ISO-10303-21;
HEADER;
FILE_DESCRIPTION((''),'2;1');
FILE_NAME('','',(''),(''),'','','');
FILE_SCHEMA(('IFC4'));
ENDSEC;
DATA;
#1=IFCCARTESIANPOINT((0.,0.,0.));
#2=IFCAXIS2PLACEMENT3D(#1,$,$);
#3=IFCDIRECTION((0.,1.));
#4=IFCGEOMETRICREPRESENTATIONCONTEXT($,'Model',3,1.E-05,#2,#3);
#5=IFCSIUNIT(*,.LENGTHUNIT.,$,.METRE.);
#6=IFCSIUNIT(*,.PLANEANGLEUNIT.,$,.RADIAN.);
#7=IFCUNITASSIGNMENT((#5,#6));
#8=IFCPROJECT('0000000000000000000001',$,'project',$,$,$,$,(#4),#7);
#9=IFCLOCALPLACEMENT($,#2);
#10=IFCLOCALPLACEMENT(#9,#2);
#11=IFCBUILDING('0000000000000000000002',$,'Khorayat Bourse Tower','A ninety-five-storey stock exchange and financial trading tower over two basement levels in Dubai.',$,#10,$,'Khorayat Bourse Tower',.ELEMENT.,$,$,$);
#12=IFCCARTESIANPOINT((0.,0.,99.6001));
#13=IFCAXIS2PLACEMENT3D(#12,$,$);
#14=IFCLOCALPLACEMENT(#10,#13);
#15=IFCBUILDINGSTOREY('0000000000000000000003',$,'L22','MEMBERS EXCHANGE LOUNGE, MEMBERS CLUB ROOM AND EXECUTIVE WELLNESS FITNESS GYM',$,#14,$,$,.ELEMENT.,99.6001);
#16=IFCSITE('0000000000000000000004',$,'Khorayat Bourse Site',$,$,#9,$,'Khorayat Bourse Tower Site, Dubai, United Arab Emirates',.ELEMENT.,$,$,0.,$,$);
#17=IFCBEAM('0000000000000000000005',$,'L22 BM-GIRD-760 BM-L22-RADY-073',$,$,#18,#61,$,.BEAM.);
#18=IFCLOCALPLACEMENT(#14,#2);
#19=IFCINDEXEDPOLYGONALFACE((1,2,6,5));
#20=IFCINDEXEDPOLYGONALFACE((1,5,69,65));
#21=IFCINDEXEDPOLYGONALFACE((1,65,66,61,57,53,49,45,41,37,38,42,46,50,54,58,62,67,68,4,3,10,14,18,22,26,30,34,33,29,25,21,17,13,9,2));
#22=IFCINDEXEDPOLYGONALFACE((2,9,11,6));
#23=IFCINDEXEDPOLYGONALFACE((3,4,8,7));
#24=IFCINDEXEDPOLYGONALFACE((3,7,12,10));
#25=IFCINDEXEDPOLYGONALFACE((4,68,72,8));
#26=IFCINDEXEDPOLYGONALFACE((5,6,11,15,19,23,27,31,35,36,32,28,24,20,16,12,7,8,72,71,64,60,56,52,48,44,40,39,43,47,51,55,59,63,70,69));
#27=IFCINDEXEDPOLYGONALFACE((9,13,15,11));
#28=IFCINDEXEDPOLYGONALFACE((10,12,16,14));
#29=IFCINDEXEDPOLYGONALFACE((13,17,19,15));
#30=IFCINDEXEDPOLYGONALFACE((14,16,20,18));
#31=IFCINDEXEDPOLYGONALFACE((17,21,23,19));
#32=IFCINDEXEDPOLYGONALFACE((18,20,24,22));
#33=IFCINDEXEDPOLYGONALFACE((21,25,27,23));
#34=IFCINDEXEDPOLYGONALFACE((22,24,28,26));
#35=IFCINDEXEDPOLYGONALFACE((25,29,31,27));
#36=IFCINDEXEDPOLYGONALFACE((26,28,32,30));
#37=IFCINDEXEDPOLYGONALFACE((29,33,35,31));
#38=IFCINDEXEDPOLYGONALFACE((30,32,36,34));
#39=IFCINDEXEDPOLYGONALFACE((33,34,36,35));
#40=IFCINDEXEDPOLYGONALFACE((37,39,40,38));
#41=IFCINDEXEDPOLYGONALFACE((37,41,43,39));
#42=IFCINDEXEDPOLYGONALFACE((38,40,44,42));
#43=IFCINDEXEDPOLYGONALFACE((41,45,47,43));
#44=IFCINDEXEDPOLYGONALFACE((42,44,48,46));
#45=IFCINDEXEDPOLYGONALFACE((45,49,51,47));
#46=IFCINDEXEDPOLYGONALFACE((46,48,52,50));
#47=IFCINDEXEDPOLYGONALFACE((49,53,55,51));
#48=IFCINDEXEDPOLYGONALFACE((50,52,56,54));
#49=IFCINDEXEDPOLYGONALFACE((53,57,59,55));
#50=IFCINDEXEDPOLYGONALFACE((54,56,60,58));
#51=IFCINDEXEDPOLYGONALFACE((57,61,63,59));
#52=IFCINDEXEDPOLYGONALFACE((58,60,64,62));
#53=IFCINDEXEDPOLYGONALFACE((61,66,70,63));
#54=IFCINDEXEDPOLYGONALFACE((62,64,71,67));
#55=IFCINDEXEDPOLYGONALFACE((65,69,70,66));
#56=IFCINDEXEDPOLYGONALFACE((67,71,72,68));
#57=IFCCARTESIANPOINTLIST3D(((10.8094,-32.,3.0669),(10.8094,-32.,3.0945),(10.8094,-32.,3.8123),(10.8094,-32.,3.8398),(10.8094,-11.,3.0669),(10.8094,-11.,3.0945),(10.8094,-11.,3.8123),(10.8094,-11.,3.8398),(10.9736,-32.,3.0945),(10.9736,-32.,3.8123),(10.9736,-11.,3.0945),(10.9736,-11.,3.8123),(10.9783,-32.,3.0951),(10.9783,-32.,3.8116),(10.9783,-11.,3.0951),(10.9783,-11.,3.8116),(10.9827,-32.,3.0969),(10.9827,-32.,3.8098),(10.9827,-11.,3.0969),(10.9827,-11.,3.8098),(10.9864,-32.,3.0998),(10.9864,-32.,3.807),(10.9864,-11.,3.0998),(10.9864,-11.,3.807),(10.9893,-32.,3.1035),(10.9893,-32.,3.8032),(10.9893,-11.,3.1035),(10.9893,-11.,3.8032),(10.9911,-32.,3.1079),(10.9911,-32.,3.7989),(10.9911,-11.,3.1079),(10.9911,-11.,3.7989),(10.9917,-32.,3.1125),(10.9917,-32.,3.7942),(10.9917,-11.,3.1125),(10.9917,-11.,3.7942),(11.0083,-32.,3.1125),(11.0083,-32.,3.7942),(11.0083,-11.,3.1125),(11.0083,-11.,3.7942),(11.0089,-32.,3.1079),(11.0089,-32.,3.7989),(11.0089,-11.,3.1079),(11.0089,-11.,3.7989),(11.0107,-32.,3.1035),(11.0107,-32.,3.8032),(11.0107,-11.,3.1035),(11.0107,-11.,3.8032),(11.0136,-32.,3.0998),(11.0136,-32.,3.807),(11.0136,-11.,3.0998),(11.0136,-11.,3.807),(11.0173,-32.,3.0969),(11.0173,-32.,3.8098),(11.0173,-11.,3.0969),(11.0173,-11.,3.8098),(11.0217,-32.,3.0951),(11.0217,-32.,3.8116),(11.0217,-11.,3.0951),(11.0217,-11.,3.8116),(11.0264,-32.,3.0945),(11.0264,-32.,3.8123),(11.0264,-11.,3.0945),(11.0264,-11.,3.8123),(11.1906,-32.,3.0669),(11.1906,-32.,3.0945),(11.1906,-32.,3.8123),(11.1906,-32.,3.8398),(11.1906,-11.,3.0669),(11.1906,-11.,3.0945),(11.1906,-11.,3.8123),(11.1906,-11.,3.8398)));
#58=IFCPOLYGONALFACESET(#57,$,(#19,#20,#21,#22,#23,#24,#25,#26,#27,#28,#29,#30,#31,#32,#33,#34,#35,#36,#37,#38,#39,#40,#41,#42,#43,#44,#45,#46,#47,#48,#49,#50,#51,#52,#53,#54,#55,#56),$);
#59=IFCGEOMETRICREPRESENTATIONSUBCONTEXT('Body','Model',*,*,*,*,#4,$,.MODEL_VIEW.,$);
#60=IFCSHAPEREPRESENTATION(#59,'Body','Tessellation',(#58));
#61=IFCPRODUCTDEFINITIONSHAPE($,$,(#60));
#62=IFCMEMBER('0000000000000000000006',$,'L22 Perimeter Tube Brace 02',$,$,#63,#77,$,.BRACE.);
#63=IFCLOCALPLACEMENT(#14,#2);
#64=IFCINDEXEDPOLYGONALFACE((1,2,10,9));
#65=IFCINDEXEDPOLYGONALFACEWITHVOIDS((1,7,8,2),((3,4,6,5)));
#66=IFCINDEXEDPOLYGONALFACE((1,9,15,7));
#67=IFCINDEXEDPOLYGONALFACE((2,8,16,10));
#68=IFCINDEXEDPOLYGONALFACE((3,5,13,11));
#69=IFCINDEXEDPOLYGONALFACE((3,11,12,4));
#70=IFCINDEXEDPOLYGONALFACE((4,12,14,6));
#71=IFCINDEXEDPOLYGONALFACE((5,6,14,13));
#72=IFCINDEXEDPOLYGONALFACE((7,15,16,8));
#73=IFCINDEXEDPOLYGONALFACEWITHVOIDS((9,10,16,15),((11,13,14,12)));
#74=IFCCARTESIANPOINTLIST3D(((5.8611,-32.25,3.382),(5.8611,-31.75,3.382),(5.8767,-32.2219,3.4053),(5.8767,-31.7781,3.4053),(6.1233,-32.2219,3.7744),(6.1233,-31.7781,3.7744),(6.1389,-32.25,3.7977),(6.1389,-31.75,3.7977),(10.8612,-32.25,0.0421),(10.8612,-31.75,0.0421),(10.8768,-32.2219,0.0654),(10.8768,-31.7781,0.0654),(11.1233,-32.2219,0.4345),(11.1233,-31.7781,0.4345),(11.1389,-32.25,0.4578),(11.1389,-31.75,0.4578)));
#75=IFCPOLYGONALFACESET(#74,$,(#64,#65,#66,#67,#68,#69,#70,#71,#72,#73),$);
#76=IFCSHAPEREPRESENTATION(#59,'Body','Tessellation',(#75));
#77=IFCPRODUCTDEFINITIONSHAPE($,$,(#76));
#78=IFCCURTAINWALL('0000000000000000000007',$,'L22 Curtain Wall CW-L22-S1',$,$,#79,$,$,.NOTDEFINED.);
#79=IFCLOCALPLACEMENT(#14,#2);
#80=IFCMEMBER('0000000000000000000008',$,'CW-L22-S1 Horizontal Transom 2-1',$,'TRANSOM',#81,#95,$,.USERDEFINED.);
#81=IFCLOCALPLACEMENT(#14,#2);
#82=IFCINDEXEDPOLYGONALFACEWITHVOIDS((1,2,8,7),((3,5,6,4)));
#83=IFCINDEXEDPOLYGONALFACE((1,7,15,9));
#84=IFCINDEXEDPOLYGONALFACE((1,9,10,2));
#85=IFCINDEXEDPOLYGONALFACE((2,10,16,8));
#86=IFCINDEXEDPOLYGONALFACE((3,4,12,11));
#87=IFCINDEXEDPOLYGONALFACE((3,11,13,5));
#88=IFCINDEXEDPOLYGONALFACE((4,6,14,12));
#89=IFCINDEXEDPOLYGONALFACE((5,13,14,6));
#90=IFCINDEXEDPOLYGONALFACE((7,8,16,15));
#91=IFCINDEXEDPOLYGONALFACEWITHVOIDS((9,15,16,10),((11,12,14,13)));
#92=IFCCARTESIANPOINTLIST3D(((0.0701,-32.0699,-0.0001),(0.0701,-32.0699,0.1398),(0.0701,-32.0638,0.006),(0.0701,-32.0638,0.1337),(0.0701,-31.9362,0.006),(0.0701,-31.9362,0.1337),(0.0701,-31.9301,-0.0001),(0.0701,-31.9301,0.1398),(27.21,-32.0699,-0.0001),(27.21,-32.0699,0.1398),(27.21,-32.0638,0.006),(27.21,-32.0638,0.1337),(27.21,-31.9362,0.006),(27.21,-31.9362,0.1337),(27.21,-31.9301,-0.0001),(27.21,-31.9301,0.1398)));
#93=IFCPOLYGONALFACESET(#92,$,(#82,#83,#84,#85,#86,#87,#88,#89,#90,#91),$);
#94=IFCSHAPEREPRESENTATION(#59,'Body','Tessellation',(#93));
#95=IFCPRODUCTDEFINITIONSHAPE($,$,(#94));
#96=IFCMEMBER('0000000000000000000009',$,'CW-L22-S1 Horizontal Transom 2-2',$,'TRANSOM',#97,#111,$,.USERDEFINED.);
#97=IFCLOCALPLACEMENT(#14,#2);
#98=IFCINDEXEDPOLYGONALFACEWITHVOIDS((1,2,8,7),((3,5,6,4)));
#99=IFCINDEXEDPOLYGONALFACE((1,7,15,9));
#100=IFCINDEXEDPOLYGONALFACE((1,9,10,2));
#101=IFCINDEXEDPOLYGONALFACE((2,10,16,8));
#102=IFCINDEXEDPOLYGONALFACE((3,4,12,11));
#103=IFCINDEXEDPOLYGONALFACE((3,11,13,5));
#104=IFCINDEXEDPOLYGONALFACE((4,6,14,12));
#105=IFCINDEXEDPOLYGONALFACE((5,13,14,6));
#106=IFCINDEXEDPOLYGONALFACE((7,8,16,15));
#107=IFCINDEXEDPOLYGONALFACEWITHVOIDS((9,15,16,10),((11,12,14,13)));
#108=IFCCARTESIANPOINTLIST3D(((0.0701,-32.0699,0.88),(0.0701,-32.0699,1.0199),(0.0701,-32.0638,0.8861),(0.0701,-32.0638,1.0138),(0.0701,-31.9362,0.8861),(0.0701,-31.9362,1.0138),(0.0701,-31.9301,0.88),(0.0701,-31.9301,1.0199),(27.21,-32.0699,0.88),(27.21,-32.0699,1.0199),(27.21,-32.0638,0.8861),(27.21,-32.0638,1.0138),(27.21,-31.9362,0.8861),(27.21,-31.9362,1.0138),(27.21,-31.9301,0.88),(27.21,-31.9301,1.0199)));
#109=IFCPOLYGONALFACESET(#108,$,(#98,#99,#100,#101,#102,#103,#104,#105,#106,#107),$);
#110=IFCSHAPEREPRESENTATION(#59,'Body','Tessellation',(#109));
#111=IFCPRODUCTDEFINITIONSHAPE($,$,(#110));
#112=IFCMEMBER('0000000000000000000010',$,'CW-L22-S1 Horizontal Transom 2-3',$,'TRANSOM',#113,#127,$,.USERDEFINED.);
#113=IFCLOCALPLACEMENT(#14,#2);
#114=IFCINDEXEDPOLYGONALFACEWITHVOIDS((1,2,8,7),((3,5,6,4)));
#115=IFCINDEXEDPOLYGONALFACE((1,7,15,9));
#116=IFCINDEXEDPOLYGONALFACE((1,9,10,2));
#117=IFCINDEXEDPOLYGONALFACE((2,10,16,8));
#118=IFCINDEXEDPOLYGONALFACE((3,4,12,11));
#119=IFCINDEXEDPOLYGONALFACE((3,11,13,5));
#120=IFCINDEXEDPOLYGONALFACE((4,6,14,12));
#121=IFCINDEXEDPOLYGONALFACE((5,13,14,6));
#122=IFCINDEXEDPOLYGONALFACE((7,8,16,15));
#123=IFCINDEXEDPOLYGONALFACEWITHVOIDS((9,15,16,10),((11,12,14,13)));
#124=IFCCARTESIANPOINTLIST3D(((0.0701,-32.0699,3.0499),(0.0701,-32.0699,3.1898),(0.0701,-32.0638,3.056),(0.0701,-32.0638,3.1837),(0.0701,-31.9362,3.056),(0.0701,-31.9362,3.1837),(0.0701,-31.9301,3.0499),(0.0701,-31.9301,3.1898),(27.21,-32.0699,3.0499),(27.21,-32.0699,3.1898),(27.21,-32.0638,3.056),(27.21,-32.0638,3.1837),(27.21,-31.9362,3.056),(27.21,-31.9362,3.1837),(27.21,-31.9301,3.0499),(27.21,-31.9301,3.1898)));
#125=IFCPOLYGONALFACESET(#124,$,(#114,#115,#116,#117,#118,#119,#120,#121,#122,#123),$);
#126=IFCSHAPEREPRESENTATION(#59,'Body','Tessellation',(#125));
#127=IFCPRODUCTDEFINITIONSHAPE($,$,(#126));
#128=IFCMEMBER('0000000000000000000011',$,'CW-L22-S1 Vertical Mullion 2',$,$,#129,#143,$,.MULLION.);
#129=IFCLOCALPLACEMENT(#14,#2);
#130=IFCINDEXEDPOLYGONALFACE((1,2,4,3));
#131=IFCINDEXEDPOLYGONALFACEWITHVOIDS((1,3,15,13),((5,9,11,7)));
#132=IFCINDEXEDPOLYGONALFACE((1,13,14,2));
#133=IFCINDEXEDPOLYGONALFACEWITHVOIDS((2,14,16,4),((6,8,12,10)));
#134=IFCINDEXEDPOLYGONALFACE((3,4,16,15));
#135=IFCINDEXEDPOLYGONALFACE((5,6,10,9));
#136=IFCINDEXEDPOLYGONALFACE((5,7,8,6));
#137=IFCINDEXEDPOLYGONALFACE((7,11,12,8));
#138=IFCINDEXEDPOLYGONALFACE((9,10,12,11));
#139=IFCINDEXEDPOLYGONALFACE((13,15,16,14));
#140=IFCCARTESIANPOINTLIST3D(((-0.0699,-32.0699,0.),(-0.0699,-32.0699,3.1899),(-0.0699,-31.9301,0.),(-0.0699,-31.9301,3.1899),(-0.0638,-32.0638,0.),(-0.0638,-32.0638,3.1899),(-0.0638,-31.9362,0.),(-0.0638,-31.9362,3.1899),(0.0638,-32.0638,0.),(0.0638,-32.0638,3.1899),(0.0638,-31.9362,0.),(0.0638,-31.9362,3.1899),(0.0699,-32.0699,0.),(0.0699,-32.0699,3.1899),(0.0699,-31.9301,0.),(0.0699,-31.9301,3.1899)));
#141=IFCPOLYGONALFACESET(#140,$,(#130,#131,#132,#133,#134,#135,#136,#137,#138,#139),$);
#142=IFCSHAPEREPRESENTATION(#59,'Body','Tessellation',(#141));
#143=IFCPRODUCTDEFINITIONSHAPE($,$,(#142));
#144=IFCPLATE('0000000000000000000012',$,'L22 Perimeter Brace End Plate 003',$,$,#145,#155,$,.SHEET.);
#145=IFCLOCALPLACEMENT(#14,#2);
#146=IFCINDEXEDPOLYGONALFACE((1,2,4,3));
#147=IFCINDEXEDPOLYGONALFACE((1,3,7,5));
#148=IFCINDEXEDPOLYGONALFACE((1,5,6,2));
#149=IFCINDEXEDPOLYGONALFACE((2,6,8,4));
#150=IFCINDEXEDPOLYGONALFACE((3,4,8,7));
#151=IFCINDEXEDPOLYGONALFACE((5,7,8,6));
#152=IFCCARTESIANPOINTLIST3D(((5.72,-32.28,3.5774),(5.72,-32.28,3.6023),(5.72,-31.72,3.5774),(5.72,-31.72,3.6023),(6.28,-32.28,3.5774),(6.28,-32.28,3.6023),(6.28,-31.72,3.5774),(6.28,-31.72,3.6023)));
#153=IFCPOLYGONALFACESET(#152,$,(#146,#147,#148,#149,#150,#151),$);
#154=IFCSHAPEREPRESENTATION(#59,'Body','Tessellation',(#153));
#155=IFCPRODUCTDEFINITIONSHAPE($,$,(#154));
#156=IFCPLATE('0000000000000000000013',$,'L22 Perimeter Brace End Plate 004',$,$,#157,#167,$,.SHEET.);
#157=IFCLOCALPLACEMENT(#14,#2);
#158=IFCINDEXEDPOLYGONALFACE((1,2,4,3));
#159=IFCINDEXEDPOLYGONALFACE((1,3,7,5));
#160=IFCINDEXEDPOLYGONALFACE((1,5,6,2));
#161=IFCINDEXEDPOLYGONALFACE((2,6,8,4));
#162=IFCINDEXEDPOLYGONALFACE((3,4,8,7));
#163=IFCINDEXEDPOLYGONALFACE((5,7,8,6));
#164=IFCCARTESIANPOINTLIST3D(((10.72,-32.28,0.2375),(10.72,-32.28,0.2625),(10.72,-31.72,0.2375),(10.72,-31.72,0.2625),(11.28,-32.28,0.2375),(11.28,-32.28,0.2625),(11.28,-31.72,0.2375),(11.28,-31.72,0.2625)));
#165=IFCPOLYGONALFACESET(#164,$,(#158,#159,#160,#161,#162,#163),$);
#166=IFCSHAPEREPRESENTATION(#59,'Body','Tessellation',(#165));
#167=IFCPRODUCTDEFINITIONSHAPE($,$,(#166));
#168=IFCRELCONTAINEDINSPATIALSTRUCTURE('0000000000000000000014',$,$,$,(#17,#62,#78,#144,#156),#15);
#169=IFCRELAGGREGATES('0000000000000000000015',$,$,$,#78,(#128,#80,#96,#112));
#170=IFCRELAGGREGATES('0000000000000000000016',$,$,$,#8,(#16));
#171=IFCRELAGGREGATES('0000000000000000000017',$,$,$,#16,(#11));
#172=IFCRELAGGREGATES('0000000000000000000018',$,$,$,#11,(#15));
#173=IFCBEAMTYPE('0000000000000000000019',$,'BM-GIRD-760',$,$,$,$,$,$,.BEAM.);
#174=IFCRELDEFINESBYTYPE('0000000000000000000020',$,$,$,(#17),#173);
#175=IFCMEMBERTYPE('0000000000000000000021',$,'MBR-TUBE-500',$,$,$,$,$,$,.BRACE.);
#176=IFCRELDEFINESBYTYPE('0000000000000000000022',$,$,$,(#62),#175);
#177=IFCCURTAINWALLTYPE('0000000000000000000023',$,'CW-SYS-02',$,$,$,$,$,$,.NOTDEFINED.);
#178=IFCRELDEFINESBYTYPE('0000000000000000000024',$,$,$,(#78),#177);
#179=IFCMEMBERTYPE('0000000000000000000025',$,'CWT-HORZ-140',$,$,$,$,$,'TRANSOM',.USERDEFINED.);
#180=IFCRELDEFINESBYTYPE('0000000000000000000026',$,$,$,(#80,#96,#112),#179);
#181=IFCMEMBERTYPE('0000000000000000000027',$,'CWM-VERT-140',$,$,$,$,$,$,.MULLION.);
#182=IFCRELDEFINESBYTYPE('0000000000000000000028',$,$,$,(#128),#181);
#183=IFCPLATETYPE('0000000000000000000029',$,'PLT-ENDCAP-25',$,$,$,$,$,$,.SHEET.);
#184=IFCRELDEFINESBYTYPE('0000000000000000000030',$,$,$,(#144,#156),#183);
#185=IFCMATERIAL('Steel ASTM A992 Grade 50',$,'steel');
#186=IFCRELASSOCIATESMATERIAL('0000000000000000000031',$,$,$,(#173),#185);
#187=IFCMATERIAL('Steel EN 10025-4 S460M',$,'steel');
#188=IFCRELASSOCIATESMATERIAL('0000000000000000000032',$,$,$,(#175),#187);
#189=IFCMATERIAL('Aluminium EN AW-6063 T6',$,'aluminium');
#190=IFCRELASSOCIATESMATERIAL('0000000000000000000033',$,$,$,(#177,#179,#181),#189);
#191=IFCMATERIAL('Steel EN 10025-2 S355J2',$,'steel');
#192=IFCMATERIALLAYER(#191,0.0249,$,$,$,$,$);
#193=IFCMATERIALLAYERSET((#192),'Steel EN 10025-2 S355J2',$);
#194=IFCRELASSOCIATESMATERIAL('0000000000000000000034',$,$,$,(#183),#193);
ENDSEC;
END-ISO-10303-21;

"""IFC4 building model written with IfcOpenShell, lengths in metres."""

from ifc_helpers import new_model, si_unit, direction, frame, origin, origin_2d, place, context, subcontext, project, spatial, rectangle, hollow_rectangle, i_section, extrude, source, transform, mapped, material, layer, layer_set, material_profile, profile_set, type_object, element, aggregate, save


model = new_model("IFC4")

# Units and contexts
model_context = context("Model", 3, precision=1e-05, world=origin(), true_north=direction((0.0, 1.0)))
body_context = subcontext(model_context, "Body", "Model", "MODEL_VIEW")
ifc_project = project(units=[si_unit("LENGTHUNIT", "METRE"), si_unit("PLANEANGLEUNIT", "RADIAN")], contexts=[model_context])

# Site, building, storey
site_placement = place(None, origin())
site = spatial("IfcSite", under=ifc_project, at=site_placement, Name="Khorayat Bourse Site", LongName="Khorayat Bourse Tower Site, Dubai, United Arab Emirates", CompositionType="ELEMENT", RefElevation=0.0)
building_placement = place(site_placement, origin())
building = spatial("IfcBuilding", under=site, at=building_placement, Name="Khorayat Bourse Tower", Description="A ninety-five-storey stock exchange and financial trading tower over two basement levels in Dubai.", LongName="Khorayat Bourse Tower", CompositionType="ELEMENT")
storey_placement = place(building_placement, frame((0.0, 0.0, 99.6001)))
storey = spatial("IfcBuildingStorey", under=building, at=storey_placement, Name="L22", Description="MEMBERS EXCHANGE LOUNGE, MEMBERS CLUB ROOM AND EXECUTIVE WELLNESS FITNESS GYM", CompositionType="ELEMENT", Elevation=99.6001)

# Shared definitions
ifc_material_1 = material(Name="Steel EN 10025-4 S460M", Category="steel")

# Beam
ifc_material_2 = material(Name="Steel ASTM A992 Grade 50", Category="steel")
ifc_material_profile_1 = material_profile(ifc_material_2, i_section(OverallWidth=0.3811, OverallDepth=0.7729, WebThickness=0.0166, FlangeThickness=0.0276, FilletRadius=0.0181, at=origin_2d()), Name="W760X257")
ifc_profile_set_1 = profile_set([ifc_material_profile_1], Name="Steel ASTM A992 Grade 50")
beam_type_1 = type_object("IfcBeamType", Name="BM-GIRD-760", PredefinedType="BEAM", material=ifc_profile_set_1)
shared_shape_1 = source(origin(), body_context, "Body", "SweptSolid", [
    extrude(i_section(OverallWidth=0.3811, OverallDepth=0.7729, WebThickness=0.0166, FlangeThickness=0.0276, FilletRadius=0.0181, at=origin_2d()), origin(), (0.0, 0.0, 1.0), 21.0),
])
for number, where, z_axis, x_axis, name in (
    (1, (11.0, -32.0, 3.4534), (0.0, 1.0, 0.0), (-1.0, 0.0, 0.0), "L22 BM-GIRD-760 BM-L22-RADY-073"),
):
    element("IfcBeam", number, at=place(storey_placement, frame(where, z_axis=z_axis, x_axis=x_axis)), inside=storey, type_object=beam_type_1, Name=name, PredefinedType="BEAM", context=body_context, shape_type="MappedRepresentation", body=[
        mapped(shared_shape_1, transform((0.0, 0.0, 0.0), scale=1.0)),
    ])

# Member
ifc_material_profile_2 = material_profile(ifc_material_1, hollow_rectangle(XDim=0.5, YDim=0.5, WallThickness=0.0281, at=origin_2d()), Name="HSS 500x500x28")
ifc_profile_set_2 = profile_set([ifc_material_profile_2], Name="Steel EN 10025-4 S460M")
member_type_1 = type_object("IfcMemberType", Name="MBR-TUBE-500", PredefinedType="BRACE", material=ifc_profile_set_2)
shared_shape_2 = source(origin(), body_context, "Body", "SweptSolid", [
    extrude(hollow_rectangle(XDim=0.5, YDim=0.5, WallThickness=0.0281, at=origin_2d()), origin(), (0.0, 0.0, 1.0), 6.0129),
])
member_1_placement = place(storey_placement, frame((6.0, -32.0, 3.5898), z_axis=(0.83155, 0.0, -0.55545), x_axis=(0.0, 1.0, 0.0)))
element("IfcMember", 2, at=member_1_placement, inside=storey, type_object=member_type_1, Name="L22 Perimeter Tube Brace 02", PredefinedType="BRACE", context=body_context, shape_type="MappedRepresentation", body=[
    mapped(shared_shape_2, transform((0.0, 0.0, 0.0), scale=1.0)),
])

# Curtain wall, members
ifc_material_3 = material(Name="Aluminium EN AW-6063 T6", Category="aluminium")
curtain_wall_type = type_object("IfcCurtainWallType", Name="CW-SYS-02", PredefinedType="NOTDEFINED", material=ifc_material_3)
curtain_wall_placement = place(storey_placement, origin())
curtain_wall = element("IfcCurtainWall", 3, at=curtain_wall_placement, inside=storey, type_object=curtain_wall_type, Name="L22 Curtain Wall CW-L22-S1", PredefinedType="NOTDEFINED")
ifc_material_profile_3 = material_profile(ifc_material_3, hollow_rectangle(XDim=0.1399, YDim=0.1399, WallThickness=0.0061, at=origin_2d()), Name="ALU 140x140x6")
ifc_profile_set_3 = profile_set([ifc_material_profile_3], Name="Aluminium EN AW-6063 T6")
member_type_2 = type_object("IfcMemberType", Name="CWT-HORZ-140", ElementType="TRANSOM", PredefinedType="USERDEFINED", material=ifc_profile_set_3)
shared_shape_3 = source(origin(), body_context, "Body", "SweptSolid", [
    extrude(hollow_rectangle(XDim=0.1399, YDim=0.1399, WallThickness=0.0061, at=origin_2d()), origin(), (0.0, 0.0, 1.0), 27.1399),
])
member_2_placement = place(storey_placement, frame((0.0701, -32.0, 0.0698), z_axis=(1.0, 0.0, 0.0), x_axis=(0.0, 1.0, 0.0)))
member_2 = element("IfcMember", 4, at=member_2_placement, type_object=member_type_2, Name="CW-L22-S1 Horizontal Transom 2-1", ObjectType="TRANSOM", PredefinedType="USERDEFINED", context=body_context, shape_type="MappedRepresentation", body=[
    mapped(shared_shape_3, transform((0.0, 0.0, 0.0), scale=1.0)),
])
member_3_placement = place(storey_placement, frame((0.0701, -32.0, 0.95), z_axis=(1.0, 0.0, 0.0), x_axis=(0.0, 1.0, 0.0)))
member_3 = element("IfcMember", 5, at=member_3_placement, type_object=member_type_2, Name="CW-L22-S1 Horizontal Transom 2-2", ObjectType="TRANSOM", PredefinedType="USERDEFINED", context=body_context, shape_type="MappedRepresentation", body=[
    mapped(shared_shape_3, transform((0.0, 0.0, 0.0), scale=1.0)),
])
member_4_placement = place(storey_placement, frame((0.0701, -32.0, 3.1199), z_axis=(1.0, 0.0, 0.0), x_axis=(0.0, 1.0, 0.0)))
member_4 = element("IfcMember", 6, at=member_4_placement, type_object=member_type_2, Name="CW-L22-S1 Horizontal Transom 2-3", ObjectType="TRANSOM", PredefinedType="USERDEFINED", context=body_context, shape_type="MappedRepresentation", body=[
    mapped(shared_shape_3, transform((0.0, 0.0, 0.0), scale=1.0)),
])
ifc_material_profile_4 = material_profile(ifc_material_3, hollow_rectangle(XDim=0.1399, YDim=0.1399, WallThickness=0.0061, at=origin_2d()), Name="ALU 140x140x6")
ifc_profile_set_4 = profile_set([ifc_material_profile_4], Name="Aluminium EN AW-6063 T6")
member_type_3 = type_object("IfcMemberType", Name="CWM-VERT-140", PredefinedType="MULLION", material=ifc_profile_set_4)
shared_shape_4 = source(origin(), body_context, "Body", "SweptSolid", [
    extrude(hollow_rectangle(XDim=0.1399, YDim=0.1399, WallThickness=0.0061, at=origin_2d()), origin(), (0.0, 0.0, 1.0), 3.1899),
])
member_5_placement = place(storey_placement, frame((0.0, -32.0, 0.0), z_axis=(0.0, 0.0, 1.0), x_axis=(0.0, 1.0, 0.0)))
member_5 = element("IfcMember", 7, at=member_5_placement, type_object=member_type_3, Name="CW-L22-S1 Vertical Mullion 2", PredefinedType="MULLION", context=body_context, shape_type="MappedRepresentation", body=[
    mapped(shared_shape_4, transform((0.0, 0.0, 0.0), scale=1.0)),
])
aggregate(curtain_wall, [member_5, member_2, member_3, member_4])

# Plates
ifc_material_4 = material(Name="Steel EN 10025-2 S355J2", Category="steel")
ifc_layer_1 = layer(ifc_material_4, 0.0249)
ifc_layer_set_1 = layer_set([ifc_layer_1], Name="Steel EN 10025-2 S355J2")
plate_type = type_object("IfcPlateType", Name="PLT-ENDCAP-25", PredefinedType="SHEET", material=ifc_layer_set_1)
shared_shape_5 = source(origin(), body_context, "Body", "SweptSolid", [
    extrude(rectangle(XDim=0.5601, YDim=0.5601, at=origin_2d()), origin(), (0.0, 0.0, 1.0), 0.0249),
])
for number, where, z_axis, x_axis, name in (
    (8, (6.0, -32.0, 3.5774), (0.0, 0.0, 1.0), (1.0, 0.0, 0.0), "L22 Perimeter Brace End Plate 003"),
    (9, (11.0, -32.0, 0.2375), (0.0, 0.0, 1.0), (1.0, 0.0, 0.0), "L22 Perimeter Brace End Plate 004"),
):
    element("IfcPlate", number, at=place(storey_placement, frame(where, z_axis=z_axis, x_axis=x_axis)), inside=storey, type_object=plate_type, Name=name, PredefinedType="SHEET", context=body_context, shape_type="MappedRepresentation", body=[
        mapped(shared_shape_5, transform((0.0, 0.0, 0.0), scale=1.0)),
    ])

save(model, "model.ifc")
